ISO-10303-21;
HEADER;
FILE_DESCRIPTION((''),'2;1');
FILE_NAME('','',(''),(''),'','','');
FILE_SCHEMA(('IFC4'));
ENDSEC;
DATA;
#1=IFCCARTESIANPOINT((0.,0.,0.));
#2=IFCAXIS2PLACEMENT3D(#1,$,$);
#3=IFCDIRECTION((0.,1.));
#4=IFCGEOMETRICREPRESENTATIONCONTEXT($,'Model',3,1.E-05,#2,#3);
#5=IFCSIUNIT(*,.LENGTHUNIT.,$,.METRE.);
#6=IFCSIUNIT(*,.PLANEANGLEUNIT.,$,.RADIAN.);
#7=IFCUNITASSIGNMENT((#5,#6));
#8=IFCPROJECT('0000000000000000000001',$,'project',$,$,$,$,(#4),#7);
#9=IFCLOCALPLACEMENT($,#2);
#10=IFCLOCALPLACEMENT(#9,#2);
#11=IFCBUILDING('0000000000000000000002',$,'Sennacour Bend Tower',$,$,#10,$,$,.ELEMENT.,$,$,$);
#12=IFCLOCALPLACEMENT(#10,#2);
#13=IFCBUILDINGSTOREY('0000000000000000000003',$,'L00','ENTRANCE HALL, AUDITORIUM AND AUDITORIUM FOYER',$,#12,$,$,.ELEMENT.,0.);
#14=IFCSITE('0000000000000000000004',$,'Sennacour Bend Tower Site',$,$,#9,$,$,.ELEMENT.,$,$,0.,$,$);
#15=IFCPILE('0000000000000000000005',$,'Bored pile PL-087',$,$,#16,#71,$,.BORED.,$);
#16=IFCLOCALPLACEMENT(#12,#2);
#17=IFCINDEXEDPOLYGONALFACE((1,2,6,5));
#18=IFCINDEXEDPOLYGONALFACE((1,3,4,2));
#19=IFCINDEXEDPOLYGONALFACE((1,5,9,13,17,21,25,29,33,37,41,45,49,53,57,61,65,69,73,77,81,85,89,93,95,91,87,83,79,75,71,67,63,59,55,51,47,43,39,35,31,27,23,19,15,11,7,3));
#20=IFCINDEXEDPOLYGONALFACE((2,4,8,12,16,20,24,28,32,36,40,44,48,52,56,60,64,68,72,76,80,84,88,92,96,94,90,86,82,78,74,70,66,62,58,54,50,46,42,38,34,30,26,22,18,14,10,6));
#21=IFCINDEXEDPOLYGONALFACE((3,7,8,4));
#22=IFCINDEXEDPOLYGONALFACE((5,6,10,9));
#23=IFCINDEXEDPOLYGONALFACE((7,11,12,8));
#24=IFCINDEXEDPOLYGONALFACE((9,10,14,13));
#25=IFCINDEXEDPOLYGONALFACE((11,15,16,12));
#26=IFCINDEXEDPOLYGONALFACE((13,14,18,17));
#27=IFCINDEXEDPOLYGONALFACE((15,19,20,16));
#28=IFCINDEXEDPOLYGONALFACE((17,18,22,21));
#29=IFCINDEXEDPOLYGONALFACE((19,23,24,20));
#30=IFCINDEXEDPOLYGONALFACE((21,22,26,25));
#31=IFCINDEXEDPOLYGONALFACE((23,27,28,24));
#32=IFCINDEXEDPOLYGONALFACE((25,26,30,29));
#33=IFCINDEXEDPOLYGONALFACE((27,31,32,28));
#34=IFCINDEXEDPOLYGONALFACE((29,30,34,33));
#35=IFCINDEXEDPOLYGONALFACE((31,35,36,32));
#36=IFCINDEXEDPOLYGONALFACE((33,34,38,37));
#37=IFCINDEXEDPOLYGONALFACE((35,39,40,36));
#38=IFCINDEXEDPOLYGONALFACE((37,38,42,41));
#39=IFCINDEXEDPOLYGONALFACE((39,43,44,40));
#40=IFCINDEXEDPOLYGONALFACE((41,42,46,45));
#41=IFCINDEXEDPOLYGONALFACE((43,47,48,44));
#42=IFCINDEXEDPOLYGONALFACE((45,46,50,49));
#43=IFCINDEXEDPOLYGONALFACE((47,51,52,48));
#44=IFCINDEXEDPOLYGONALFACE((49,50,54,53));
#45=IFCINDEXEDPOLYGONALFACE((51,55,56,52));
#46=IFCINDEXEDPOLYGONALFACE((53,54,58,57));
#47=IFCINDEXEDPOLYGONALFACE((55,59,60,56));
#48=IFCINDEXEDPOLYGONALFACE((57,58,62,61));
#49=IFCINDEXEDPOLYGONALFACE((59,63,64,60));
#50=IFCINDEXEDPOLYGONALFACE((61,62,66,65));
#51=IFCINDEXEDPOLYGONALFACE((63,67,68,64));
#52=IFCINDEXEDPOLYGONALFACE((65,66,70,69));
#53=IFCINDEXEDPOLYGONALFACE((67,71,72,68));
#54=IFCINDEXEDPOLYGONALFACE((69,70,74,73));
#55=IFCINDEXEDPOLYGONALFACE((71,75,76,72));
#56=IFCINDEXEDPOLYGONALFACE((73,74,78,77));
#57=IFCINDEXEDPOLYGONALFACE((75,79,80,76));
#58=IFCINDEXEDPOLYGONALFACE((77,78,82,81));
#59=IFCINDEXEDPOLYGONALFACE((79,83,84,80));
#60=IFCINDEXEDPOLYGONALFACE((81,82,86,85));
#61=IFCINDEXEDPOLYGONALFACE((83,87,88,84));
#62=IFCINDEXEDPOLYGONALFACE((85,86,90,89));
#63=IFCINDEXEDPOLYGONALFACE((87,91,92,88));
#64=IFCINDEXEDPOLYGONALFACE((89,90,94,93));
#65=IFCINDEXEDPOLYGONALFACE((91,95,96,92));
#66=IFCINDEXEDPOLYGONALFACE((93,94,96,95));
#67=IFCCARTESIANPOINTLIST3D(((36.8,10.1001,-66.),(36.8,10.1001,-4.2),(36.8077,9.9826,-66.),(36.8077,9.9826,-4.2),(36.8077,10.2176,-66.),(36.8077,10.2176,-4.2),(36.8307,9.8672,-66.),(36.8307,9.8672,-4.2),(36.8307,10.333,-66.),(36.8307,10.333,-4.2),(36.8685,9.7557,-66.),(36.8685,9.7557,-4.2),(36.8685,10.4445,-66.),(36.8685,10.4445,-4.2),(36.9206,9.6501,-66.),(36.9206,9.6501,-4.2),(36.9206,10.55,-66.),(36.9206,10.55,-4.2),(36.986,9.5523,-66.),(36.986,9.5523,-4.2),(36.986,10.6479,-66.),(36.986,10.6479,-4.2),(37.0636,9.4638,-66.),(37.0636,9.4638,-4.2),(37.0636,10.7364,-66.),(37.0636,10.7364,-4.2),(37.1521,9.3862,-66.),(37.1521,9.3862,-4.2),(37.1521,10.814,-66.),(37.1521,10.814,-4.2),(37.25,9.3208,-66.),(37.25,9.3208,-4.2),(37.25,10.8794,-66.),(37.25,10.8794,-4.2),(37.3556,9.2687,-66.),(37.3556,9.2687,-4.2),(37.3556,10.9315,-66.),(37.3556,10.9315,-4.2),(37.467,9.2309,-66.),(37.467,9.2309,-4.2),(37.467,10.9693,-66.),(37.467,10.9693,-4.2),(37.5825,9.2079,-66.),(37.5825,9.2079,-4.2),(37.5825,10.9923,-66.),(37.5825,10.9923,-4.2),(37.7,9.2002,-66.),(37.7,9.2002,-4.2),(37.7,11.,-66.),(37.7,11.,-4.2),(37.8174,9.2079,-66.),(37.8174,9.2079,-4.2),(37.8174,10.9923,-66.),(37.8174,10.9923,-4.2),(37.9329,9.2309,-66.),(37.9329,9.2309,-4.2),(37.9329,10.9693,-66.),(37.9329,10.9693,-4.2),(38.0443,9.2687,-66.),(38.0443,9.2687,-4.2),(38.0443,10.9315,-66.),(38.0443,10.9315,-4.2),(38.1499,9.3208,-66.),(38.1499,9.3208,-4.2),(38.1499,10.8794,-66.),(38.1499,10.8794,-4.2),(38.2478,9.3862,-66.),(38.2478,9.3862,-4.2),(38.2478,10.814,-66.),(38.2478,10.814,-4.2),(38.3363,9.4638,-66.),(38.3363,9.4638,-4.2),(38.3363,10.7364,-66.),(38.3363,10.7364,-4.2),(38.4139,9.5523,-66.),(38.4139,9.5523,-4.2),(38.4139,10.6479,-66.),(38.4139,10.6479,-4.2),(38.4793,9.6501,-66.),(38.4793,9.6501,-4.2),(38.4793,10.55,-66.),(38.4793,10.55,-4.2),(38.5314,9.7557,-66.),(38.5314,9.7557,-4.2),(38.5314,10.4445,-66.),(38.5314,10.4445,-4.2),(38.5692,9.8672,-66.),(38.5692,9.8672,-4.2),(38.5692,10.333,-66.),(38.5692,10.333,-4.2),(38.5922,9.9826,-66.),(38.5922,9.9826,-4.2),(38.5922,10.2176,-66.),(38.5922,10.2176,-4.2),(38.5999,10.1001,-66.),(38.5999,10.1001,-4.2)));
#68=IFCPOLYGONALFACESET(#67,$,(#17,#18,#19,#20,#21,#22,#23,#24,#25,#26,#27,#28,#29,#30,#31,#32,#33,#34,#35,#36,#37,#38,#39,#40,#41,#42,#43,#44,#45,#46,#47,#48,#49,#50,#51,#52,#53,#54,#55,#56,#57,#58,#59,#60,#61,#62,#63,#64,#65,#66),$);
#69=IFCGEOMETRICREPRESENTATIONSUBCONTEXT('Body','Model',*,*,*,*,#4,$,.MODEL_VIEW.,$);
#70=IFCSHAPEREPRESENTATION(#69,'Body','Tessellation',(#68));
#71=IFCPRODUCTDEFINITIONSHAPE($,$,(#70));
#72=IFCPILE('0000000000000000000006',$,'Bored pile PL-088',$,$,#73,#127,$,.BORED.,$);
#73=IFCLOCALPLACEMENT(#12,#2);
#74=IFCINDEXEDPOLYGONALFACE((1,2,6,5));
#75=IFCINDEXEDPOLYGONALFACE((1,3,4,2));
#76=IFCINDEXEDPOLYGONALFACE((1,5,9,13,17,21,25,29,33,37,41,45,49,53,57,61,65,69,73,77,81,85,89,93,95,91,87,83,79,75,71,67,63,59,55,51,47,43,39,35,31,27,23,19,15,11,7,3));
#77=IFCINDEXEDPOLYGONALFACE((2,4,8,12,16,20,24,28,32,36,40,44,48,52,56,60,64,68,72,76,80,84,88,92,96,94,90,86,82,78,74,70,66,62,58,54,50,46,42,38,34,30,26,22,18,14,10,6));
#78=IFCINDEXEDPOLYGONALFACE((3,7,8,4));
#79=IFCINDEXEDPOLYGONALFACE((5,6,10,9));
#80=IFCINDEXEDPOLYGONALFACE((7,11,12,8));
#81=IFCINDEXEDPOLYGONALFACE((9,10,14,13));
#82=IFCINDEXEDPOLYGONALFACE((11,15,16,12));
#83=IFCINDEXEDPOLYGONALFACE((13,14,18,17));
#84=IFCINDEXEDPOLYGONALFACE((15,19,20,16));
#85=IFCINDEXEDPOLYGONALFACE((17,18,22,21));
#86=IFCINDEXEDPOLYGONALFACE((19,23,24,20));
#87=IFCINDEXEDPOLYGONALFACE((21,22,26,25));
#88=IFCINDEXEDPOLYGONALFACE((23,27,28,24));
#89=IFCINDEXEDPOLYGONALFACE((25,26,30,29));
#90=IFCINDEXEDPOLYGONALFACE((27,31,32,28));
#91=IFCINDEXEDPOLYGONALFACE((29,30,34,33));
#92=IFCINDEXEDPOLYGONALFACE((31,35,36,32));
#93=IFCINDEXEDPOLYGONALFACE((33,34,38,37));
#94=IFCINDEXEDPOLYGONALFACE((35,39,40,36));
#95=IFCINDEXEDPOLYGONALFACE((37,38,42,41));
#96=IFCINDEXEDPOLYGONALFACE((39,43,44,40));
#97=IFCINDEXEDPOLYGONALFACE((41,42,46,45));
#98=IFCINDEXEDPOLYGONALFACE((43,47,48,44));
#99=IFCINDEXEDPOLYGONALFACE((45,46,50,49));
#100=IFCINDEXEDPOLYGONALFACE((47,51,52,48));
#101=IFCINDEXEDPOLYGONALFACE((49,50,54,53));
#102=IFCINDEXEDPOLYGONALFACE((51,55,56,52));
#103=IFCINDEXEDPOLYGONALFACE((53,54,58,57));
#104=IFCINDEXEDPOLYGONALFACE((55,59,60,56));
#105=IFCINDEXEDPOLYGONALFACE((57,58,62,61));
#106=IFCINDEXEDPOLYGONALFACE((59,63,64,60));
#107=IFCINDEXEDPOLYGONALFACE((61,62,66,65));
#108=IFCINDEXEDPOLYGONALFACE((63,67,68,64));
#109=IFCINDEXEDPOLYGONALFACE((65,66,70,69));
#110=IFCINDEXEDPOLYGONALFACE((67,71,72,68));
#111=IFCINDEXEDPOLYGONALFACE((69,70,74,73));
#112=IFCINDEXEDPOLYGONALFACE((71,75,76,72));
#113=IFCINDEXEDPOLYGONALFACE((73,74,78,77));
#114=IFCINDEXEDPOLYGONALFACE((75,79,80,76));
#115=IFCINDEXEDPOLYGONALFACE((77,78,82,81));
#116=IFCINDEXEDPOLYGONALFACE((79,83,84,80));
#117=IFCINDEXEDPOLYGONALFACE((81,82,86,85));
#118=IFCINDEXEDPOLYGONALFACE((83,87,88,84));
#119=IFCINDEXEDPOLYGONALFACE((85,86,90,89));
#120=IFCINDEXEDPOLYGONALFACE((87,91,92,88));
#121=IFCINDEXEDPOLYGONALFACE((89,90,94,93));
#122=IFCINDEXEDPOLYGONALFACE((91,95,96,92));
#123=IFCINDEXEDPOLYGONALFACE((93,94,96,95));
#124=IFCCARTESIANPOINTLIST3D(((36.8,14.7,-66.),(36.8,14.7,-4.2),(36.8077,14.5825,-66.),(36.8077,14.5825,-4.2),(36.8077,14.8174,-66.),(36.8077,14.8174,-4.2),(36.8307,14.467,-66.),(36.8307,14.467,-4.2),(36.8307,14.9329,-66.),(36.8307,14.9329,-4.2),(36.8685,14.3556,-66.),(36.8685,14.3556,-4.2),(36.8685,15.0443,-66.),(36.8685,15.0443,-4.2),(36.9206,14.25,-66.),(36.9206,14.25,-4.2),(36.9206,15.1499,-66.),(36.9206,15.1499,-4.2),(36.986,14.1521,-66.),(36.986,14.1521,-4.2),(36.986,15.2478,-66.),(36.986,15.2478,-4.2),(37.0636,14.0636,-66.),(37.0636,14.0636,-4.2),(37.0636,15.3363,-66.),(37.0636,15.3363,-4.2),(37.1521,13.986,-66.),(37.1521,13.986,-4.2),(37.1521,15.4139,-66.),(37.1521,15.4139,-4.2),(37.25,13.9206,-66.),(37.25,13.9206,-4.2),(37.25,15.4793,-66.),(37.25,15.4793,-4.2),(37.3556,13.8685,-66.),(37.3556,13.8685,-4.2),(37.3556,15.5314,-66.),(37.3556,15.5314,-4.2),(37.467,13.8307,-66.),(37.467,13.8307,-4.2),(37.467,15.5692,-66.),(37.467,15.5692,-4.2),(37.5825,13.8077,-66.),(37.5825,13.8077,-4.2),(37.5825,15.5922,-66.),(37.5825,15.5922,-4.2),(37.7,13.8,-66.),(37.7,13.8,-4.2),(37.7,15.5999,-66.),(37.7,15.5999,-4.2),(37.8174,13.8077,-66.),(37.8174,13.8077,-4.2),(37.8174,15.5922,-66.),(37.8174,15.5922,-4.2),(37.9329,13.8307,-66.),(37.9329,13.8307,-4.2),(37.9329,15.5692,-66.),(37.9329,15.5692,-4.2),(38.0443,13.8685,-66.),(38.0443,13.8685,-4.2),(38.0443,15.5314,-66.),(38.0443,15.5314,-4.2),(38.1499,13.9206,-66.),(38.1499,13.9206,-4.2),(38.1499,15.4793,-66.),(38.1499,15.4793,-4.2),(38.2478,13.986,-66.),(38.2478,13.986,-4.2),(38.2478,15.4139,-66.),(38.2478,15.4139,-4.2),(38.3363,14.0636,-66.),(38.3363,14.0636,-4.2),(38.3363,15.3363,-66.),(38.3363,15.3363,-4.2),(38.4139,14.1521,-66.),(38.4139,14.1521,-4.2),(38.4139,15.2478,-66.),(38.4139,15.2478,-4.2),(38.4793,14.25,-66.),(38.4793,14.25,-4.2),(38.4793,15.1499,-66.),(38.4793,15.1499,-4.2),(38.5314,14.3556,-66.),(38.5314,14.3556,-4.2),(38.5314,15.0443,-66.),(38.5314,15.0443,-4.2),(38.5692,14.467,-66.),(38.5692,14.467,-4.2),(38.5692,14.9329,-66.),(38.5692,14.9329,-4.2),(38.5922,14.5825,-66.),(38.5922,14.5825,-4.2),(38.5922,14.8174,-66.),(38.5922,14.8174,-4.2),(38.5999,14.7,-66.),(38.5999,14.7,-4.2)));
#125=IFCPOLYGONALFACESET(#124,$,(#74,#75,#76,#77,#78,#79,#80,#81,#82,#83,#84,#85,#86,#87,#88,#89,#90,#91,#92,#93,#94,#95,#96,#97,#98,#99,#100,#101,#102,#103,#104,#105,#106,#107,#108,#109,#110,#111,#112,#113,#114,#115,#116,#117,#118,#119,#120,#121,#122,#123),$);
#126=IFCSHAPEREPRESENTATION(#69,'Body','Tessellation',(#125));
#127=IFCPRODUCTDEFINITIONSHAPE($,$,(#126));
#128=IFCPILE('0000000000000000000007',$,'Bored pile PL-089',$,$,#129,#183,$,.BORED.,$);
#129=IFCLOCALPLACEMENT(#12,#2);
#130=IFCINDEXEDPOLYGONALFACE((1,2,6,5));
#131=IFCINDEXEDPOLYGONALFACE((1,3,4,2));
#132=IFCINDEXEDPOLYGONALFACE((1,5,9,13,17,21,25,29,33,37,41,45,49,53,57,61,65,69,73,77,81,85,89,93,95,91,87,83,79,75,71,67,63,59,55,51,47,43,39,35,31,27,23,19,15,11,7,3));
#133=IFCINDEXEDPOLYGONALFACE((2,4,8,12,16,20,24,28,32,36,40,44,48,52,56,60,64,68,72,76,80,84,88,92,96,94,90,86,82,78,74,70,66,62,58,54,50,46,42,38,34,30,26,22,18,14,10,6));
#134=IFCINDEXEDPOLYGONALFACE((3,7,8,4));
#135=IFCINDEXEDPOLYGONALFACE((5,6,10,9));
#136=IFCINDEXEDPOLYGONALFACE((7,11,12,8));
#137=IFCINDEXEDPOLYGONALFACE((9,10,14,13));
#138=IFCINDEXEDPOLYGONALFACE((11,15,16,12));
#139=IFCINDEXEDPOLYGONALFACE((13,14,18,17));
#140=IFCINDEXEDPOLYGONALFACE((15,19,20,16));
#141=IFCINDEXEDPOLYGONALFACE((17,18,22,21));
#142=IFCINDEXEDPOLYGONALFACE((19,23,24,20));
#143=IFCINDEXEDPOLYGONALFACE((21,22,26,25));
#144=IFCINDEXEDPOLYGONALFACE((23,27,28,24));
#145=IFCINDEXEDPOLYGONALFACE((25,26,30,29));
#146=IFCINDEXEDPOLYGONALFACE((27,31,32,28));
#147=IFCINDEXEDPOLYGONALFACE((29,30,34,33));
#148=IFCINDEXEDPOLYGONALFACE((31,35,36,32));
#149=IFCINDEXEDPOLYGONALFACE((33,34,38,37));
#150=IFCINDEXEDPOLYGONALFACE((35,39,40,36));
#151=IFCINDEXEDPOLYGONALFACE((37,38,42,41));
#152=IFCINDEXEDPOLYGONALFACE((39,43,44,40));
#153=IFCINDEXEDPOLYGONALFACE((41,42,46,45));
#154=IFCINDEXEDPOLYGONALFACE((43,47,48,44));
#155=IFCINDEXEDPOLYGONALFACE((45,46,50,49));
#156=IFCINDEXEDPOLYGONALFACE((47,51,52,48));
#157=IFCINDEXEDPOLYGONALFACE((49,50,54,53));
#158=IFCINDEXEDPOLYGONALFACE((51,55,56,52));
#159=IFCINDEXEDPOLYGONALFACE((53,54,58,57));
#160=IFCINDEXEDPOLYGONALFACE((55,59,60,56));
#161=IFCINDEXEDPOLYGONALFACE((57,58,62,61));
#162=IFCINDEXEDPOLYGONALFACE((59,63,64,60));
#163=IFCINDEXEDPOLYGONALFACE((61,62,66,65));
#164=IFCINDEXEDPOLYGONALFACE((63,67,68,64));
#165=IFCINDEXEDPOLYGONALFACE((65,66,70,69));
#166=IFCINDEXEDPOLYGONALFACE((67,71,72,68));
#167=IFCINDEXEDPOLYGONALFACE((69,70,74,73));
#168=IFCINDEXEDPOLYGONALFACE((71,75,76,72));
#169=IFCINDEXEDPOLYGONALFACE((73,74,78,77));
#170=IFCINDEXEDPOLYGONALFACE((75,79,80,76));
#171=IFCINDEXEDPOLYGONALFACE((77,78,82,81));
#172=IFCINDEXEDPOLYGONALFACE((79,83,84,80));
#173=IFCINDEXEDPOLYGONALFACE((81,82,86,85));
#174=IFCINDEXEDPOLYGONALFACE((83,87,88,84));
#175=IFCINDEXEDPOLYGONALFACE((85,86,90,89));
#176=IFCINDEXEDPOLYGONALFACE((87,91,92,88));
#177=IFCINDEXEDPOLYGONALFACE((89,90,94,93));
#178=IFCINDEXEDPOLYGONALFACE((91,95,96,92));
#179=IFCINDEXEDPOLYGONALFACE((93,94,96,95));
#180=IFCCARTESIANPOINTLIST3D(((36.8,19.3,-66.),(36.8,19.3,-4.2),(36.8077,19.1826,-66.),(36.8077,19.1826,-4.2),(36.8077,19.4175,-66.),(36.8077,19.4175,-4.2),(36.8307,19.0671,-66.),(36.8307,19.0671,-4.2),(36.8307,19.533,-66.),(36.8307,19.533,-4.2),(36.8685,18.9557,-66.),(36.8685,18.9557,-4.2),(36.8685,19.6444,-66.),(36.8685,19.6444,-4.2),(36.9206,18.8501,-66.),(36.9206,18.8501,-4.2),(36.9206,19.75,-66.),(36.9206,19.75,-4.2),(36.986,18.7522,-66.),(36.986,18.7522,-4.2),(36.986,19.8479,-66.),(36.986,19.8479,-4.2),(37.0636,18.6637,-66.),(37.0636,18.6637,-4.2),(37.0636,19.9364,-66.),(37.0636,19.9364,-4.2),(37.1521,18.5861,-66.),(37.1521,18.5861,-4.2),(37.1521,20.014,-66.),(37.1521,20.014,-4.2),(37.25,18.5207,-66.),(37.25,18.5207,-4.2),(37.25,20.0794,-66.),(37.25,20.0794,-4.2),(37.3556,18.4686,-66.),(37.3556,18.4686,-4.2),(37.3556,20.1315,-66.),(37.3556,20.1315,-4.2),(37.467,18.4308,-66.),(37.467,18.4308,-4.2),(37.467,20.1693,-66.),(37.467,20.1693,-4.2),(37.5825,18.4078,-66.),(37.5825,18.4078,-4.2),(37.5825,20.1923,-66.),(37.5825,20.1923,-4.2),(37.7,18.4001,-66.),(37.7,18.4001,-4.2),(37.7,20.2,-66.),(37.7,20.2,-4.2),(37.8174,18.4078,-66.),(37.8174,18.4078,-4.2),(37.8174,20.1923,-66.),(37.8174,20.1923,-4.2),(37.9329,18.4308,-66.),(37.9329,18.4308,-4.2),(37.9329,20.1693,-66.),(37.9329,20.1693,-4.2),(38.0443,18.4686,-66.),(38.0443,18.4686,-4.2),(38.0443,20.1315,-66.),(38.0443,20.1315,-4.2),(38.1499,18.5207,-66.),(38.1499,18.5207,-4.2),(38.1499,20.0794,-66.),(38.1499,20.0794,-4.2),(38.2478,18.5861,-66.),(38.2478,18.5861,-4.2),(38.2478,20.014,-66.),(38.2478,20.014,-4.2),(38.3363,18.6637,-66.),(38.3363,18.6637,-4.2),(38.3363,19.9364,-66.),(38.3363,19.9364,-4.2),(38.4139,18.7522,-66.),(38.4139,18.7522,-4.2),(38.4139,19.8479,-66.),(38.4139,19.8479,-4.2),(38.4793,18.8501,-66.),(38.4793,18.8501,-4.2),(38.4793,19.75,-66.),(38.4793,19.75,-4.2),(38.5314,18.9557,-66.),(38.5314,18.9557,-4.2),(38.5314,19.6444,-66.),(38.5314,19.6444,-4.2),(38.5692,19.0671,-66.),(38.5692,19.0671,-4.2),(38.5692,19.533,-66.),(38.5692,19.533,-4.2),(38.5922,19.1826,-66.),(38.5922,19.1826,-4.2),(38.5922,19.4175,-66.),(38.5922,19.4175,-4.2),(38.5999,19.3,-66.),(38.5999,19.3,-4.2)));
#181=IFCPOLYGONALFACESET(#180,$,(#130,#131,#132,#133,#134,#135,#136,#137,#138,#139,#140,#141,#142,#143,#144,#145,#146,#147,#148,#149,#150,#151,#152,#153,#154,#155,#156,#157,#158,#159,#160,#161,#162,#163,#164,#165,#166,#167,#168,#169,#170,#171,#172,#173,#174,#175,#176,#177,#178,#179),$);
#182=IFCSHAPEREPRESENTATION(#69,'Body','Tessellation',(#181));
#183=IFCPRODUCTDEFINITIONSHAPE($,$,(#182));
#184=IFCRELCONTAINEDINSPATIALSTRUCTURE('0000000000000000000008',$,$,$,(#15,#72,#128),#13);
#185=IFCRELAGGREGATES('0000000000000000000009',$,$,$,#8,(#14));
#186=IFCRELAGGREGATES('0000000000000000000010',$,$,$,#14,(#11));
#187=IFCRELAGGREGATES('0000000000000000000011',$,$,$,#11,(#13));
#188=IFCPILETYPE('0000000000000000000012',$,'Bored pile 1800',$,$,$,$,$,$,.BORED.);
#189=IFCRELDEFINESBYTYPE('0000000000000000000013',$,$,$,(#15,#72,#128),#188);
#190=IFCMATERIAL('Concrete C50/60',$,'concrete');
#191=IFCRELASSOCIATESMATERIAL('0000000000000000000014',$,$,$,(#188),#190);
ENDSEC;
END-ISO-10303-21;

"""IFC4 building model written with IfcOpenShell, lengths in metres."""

from ifc_helpers import new_model, si_unit, direction, frame, origin, origin_2d, place, context, subcontext, project, spatial, circle, extrude, material, material_profile, profile_set, type_object, element, save


model = new_model("IFC4")

# Units and contexts
model_context = context("Model", 3, precision=1e-05, world=origin(), true_north=direction((0.0, 1.0)))
body_context = subcontext(model_context, "Body", "Model", "MODEL_VIEW")
ifc_project = project(units=[si_unit("LENGTHUNIT", "METRE"), si_unit("PLANEANGLEUNIT", "RADIAN")], contexts=[model_context])

# Site, building, storey
site_placement = place(None, origin())
site = spatial("IfcSite", under=ifc_project, at=site_placement, Name="Sennacour Bend Tower Site", CompositionType="ELEMENT", RefElevation=0.0)
building_placement = place(site_placement, origin())
building = spatial("IfcBuilding", under=site, at=building_placement, Name="Sennacour Bend Tower", CompositionType="ELEMENT")
storey_placement = place(building_placement, origin())
storey = spatial("IfcBuildingStorey", under=building, at=storey_placement, Name="L00", Description="ENTRANCE HALL, AUDITORIUM AND AUDITORIUM FOYER", CompositionType="ELEMENT", Elevation=0.0)

# Piles
ifc_material_1 = material(Name="Concrete C50/60", Category="concrete")
ifc_material_profile_1 = material_profile(ifc_material_1, circle(Radius=0.8999, at=origin_2d()), Name="Concrete C50/60", Category="concrete")
ifc_profile_set_1 = profile_set([ifc_material_profile_1], Name="Concrete C50/60")
pile_type = type_object("IfcPileType", Name="Bored pile 1800", PredefinedType="BORED", material=ifc_profile_set_1)
for number, where, z_axis, x_axis, name in (
    (1, (37.7, 10.1001, -4.2), (0.0, 0.0, -1.0), (1.0, 0.0, 0.0), "Bored pile PL-087"),
    (2, (37.7, 14.7, -4.2), (0.0, 0.0, -1.0), (1.0, 0.0, 0.0), "Bored pile PL-088"),
    (3, (37.7, 19.3, -4.2), (0.0, 0.0, -1.0), (1.0, 0.0, 0.0), "Bored pile PL-089"),
):
    element("IfcPile", number, at=place(storey_placement, frame(where, z_axis=z_axis, x_axis=x_axis)), inside=storey, type_object=pile_type, Name=name, PredefinedType="BORED", context=body_context, shape_type="SweptSolid", body=[
        extrude(circle(Radius=0.8999, at=origin_2d()), origin(), (0.0, 0.0, 1.0), 61.8),
    ])

save(model, "model.ifc")
